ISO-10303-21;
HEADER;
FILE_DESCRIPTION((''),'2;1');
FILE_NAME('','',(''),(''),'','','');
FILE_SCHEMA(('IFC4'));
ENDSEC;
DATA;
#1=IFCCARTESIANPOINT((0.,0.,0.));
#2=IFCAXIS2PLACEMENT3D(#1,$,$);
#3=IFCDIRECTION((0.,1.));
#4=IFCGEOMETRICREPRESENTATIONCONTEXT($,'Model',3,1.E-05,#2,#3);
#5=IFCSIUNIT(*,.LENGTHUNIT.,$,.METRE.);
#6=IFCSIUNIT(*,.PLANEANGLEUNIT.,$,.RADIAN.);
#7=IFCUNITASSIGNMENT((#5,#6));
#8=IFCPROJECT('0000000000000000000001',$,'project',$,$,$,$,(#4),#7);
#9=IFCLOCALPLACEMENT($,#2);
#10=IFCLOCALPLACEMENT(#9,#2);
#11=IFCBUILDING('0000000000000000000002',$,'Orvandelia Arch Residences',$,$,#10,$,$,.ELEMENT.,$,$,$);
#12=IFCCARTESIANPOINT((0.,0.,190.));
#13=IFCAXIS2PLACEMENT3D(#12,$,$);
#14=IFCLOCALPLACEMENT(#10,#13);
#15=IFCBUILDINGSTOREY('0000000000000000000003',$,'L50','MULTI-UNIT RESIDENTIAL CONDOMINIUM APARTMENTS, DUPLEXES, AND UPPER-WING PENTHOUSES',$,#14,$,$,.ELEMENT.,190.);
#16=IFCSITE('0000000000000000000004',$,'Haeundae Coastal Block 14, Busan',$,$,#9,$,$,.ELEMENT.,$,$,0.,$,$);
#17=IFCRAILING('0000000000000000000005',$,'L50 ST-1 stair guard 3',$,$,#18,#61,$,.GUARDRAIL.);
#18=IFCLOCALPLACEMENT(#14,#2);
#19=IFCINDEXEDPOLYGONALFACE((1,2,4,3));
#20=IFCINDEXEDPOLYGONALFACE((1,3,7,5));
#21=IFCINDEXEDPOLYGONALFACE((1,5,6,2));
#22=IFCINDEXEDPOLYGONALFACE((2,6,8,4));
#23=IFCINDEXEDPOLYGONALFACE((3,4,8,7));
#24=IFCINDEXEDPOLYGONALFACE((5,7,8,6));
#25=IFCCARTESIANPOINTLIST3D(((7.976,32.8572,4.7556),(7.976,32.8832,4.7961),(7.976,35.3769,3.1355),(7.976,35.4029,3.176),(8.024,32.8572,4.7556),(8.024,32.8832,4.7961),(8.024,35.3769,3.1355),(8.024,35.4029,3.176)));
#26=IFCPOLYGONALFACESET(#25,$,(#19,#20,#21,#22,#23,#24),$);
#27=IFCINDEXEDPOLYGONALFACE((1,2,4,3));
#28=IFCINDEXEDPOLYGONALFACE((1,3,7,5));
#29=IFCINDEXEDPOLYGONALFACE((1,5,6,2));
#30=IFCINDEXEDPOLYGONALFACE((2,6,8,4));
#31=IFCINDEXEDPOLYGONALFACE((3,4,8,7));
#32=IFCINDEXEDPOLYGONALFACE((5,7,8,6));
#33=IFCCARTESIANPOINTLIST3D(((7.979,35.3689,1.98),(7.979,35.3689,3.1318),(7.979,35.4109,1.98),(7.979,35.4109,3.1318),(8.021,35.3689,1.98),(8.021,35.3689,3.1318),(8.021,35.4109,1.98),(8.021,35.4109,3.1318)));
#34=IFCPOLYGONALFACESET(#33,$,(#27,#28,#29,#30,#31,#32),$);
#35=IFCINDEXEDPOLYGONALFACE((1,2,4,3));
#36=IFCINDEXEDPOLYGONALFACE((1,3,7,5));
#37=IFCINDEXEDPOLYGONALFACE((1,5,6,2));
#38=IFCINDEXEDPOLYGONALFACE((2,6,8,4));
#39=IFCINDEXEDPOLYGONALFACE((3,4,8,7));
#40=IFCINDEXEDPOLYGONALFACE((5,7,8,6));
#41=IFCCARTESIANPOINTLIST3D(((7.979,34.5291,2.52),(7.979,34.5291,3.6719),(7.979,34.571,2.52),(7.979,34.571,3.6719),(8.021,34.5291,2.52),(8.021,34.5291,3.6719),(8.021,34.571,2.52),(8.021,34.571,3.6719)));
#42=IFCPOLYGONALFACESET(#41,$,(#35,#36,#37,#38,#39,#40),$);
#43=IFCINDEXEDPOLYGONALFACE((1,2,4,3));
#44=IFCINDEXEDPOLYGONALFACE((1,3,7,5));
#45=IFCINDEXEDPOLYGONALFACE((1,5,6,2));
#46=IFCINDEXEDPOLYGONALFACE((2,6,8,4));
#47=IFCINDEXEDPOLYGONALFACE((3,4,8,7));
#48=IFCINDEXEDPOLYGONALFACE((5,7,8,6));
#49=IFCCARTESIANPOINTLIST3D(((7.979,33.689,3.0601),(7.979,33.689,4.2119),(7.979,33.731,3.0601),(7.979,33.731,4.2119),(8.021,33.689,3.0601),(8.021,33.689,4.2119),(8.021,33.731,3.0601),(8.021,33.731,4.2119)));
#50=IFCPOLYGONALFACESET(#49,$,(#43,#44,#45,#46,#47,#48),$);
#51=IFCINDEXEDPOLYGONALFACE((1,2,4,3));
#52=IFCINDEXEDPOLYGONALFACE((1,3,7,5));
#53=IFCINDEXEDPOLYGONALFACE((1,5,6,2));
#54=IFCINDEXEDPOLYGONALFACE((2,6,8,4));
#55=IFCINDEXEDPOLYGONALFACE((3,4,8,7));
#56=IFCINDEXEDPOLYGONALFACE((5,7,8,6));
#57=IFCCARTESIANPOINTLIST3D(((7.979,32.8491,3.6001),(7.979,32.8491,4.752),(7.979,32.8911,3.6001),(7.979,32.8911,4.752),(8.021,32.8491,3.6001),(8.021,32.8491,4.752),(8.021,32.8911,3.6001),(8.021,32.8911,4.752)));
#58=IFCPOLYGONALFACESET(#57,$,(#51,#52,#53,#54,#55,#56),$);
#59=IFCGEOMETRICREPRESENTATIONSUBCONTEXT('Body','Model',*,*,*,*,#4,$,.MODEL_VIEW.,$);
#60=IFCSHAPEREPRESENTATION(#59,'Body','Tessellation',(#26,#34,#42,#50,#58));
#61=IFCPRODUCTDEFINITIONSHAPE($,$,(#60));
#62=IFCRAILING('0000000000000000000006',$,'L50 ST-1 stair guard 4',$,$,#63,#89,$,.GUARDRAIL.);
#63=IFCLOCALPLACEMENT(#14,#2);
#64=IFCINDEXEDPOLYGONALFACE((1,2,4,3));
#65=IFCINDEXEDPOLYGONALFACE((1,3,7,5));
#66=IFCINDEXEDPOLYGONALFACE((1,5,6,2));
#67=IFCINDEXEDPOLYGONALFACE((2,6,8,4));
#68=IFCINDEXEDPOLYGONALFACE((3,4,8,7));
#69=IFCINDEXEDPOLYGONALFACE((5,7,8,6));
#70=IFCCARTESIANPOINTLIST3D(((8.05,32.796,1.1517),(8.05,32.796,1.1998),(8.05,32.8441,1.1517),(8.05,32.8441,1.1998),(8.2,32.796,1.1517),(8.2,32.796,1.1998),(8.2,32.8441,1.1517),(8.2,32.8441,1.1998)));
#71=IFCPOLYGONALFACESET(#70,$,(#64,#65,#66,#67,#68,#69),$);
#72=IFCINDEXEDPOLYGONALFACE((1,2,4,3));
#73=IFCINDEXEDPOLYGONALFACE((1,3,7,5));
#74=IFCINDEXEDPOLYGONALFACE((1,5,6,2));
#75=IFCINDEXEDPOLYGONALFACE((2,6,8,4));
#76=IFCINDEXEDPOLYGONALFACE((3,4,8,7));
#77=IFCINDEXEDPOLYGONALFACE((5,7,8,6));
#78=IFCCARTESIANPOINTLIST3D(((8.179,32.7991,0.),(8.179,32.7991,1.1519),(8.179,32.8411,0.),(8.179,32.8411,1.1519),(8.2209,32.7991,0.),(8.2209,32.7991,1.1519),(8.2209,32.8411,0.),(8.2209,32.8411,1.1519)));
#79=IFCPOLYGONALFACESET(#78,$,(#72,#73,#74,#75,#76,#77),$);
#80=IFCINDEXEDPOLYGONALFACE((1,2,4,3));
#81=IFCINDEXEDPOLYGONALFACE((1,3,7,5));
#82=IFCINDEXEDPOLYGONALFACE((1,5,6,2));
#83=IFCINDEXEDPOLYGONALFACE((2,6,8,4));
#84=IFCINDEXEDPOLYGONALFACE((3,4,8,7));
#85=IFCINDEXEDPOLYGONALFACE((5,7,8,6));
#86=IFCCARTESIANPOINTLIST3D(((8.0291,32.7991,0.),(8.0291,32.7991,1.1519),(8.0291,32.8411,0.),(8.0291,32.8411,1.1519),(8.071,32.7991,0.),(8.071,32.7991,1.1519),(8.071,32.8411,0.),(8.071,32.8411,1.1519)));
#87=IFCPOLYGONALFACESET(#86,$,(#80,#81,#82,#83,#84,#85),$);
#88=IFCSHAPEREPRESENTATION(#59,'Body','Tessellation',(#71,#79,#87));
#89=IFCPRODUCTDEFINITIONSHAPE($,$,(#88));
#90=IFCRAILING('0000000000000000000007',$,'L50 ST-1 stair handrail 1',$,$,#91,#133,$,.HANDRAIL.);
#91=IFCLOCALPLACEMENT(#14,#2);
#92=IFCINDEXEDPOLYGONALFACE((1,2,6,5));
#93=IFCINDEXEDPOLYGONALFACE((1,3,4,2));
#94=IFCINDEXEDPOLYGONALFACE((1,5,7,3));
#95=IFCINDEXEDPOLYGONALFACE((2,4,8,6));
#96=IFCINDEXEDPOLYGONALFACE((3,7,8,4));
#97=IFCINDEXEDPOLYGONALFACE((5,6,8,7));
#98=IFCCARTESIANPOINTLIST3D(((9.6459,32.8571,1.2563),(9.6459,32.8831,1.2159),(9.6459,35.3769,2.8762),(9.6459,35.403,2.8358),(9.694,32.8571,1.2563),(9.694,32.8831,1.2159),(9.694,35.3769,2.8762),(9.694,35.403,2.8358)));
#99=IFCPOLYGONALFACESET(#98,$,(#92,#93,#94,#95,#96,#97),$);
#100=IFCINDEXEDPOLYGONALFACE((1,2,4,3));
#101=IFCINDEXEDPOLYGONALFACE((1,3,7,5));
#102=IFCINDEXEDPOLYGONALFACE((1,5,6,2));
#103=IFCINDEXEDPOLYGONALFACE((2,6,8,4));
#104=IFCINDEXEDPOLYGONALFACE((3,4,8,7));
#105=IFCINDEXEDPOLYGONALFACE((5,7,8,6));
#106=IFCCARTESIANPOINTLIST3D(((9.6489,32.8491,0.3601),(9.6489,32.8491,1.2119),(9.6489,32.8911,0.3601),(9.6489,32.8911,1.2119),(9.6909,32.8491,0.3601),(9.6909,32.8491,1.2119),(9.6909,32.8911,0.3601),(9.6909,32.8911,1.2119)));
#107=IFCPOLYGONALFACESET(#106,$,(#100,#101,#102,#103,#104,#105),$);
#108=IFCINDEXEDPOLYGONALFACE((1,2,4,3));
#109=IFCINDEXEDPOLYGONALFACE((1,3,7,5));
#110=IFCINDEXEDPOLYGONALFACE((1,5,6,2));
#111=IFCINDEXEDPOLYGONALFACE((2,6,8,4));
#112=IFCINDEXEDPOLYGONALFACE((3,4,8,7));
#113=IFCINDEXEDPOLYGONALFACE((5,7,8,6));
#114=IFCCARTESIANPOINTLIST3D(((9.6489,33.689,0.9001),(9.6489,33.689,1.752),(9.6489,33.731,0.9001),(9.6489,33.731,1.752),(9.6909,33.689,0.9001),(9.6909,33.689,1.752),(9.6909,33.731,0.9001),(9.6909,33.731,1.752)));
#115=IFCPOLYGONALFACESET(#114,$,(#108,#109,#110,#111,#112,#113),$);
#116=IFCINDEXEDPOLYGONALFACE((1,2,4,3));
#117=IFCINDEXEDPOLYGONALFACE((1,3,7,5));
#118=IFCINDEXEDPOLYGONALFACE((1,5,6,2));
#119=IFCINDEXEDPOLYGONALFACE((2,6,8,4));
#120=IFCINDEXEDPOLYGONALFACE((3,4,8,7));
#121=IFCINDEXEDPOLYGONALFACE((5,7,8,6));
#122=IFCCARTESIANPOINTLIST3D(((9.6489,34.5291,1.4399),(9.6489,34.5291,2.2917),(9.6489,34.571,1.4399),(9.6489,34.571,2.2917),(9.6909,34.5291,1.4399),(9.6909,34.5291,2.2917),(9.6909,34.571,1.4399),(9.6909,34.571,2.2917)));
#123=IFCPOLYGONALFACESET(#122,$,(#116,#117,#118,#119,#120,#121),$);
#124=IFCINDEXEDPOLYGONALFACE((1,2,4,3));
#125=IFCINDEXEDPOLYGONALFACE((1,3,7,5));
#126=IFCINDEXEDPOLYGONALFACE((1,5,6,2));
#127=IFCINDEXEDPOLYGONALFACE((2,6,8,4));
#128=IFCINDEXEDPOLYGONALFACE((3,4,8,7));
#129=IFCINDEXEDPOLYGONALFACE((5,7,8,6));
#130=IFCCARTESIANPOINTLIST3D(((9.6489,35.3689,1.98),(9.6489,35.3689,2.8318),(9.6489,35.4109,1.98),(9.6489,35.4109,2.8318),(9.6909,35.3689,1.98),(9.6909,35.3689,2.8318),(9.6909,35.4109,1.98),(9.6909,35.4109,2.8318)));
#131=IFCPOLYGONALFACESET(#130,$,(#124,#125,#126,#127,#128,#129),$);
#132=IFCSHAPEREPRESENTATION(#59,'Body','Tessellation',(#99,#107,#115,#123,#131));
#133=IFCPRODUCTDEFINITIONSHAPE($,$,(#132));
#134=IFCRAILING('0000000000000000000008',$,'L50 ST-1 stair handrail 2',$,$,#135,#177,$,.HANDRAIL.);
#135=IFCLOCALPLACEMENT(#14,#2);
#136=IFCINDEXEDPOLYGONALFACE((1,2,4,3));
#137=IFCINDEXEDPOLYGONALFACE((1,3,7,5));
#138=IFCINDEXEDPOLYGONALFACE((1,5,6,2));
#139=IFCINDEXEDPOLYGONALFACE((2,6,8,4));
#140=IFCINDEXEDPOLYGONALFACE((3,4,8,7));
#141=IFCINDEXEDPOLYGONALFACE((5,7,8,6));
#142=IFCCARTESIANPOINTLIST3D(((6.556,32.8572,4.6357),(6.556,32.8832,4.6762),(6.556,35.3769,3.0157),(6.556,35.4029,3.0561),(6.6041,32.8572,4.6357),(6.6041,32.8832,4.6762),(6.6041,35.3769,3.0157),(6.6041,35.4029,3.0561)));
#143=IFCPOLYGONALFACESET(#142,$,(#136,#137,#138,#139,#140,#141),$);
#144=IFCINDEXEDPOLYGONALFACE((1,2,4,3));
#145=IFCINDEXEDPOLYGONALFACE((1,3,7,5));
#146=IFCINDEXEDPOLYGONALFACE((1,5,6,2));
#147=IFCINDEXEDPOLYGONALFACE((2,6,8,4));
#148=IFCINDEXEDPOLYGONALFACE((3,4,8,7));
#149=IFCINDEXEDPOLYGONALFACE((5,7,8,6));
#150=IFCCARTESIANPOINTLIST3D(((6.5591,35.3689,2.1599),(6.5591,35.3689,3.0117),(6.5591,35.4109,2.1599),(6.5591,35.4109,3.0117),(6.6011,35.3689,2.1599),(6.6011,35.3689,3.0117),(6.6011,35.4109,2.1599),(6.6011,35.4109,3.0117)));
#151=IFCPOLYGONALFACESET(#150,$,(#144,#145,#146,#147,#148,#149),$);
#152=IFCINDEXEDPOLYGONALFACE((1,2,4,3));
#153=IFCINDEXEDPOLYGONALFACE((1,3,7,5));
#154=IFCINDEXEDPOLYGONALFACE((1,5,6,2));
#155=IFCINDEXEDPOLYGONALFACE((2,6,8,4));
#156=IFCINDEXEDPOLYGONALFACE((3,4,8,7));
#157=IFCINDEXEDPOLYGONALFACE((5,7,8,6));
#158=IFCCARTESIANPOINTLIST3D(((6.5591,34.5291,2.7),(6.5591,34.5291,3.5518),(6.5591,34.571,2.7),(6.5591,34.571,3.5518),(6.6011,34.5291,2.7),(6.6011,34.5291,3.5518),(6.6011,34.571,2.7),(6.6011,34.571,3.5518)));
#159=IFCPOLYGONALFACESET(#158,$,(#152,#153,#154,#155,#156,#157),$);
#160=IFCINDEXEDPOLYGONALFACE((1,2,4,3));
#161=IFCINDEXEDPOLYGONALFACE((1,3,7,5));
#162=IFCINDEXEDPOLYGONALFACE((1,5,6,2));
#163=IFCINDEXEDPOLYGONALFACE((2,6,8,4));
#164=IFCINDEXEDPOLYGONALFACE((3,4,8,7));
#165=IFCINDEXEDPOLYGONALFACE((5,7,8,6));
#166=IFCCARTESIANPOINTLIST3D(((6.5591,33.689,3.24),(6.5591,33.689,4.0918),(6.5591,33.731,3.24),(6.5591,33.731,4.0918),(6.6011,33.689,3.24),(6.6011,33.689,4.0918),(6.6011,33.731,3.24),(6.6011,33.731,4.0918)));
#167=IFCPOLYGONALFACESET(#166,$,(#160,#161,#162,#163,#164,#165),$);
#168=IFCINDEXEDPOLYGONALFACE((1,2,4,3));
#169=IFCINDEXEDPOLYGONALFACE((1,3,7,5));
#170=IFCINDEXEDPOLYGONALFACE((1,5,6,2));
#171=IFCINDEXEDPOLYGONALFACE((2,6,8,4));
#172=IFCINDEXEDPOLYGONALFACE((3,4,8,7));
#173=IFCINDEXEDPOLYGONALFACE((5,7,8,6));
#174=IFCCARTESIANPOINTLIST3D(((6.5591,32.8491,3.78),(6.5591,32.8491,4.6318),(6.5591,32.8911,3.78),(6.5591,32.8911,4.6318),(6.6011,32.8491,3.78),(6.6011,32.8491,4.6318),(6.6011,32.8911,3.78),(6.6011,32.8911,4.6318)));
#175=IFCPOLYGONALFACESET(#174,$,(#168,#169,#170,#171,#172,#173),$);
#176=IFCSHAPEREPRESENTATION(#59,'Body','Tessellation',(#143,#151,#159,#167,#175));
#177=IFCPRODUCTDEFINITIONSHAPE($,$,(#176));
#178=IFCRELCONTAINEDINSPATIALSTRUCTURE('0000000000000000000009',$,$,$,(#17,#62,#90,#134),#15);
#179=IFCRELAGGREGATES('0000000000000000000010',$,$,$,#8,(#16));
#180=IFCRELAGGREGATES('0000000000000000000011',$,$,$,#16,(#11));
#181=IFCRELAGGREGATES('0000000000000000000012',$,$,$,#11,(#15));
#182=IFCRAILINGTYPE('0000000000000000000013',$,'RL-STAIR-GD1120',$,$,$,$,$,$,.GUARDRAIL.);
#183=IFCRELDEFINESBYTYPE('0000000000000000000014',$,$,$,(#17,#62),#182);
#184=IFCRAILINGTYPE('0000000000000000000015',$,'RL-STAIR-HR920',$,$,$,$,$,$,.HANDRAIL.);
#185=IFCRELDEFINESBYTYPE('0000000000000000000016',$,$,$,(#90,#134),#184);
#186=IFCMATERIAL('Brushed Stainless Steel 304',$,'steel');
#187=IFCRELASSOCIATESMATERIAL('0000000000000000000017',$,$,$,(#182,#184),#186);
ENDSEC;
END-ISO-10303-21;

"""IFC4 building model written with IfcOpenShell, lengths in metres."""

from ifc_helpers import new_model, si_unit, direction, frame, origin, origin_2d, place, context, subcontext, project, spatial, rectangle, extrude, material, type_object, element, save


model = new_model("IFC4")

# Units and contexts
model_context = context("Model", 3, precision=1e-05, world=origin(), true_north=direction((0.0, 1.0)))
body_context = subcontext(model_context, "Body", "Model", "MODEL_VIEW")
ifc_project = project(units=[si_unit("LENGTHUNIT", "METRE"), si_unit("PLANEANGLEUNIT", "RADIAN")], contexts=[model_context])

# Site, building, storey
site_placement = place(None, origin())
site = spatial("IfcSite", under=ifc_project, at=site_placement, Name="Haeundae Coastal Block 14, Busan", CompositionType="ELEMENT", RefElevation=0.0)
building_placement = place(site_placement, origin())
building = spatial("IfcBuilding", under=site, at=building_placement, Name="Orvandelia Arch Residences", CompositionType="ELEMENT")
storey_placement = place(building_placement, frame((0.0, 0.0, 190.0)))
storey = spatial("IfcBuildingStorey", under=building, at=storey_placement, Name="L50", Description="MULTI-UNIT RESIDENTIAL CONDOMINIUM APARTMENTS, DUPLEXES, AND UPPER-WING PENTHOUSES", CompositionType="ELEMENT", Elevation=190.0)

# Railings
ifc_material_1 = material(Name="Brushed Stainless Steel 304", Category="steel")
railing_type_1 = type_object("IfcRailingType", Name="RL-STAIR-GD1120", PredefinedType="GUARDRAIL", material=ifc_material_1)
railing_1_placement = place(storey_placement, frame((8.0, 35.3899, 1.98)))
element("IfcRailing", 1, at=railing_1_placement, inside=storey, type_object=railing_type_1, Name="L50 ST-1 stair guard 3", PredefinedType="GUARDRAIL", context=body_context, shape_type="SweptSolid", body=[
    extrude(rectangle(XDim=0.0481, YDim=0.0481, at=origin_2d()), frame((0.0, 0.0, 1.1758), z_axis=(0.0, -0.841139, 0.540819), x_axis=(1.0, 0.0, 0.0)), (0.0, 0.0, 1.0), 2.9956),
    extrude(rectangle(XDim=0.042, YDim=0.042, at=origin_2d()), origin(), (0.0, 0.0, 1.0), 1.1519),
    extrude(rectangle(XDim=0.042, YDim=0.042, at=origin_2d()), frame((0.0, -0.8398, 0.54)), (0.0, 0.0, 1.0), 1.1519),
    extrude(rectangle(XDim=0.042, YDim=0.042, at=origin_2d()), frame((0.0, -1.6799, 1.0801)), (0.0, 0.0, 1.0), 1.1519),
    extrude(rectangle(XDim=0.042, YDim=0.042, at=origin_2d()), frame((0.0, -2.5198, 1.6201)), (0.0, 0.0, 1.0), 1.1519),
])
railing_2_placement = place(storey_placement, frame((8.2, 32.8201, 0.0)))
element("IfcRailing", 2, at=railing_2_placement, inside=storey, type_object=railing_type_1, Name="L50 ST-1 stair guard 4", PredefinedType="GUARDRAIL", context=body_context, shape_type="SweptSolid", body=[
    extrude(rectangle(XDim=0.0481, YDim=0.0481, at=origin_2d()), frame((0.0, 0.0, 1.1758), z_axis=(-1.0, 0.0, 0.0), x_axis=(0.0, -1.0, 0.0)), (0.0, 0.0, 1.0), 0.1499),
    extrude(rectangle(XDim=0.042, YDim=0.042, at=origin_2d()), origin(), (0.0, 0.0, 1.0), 1.1519),
    extrude(rectangle(XDim=0.042, YDim=0.042, at=origin_2d()), frame((-0.1499, 0.0, 0.0)), (0.0, 0.0, 1.0), 1.1519),
])
railing_type_2 = type_object("IfcRailingType", Name="RL-STAIR-HR920", PredefinedType="HANDRAIL", material=ifc_material_1)
railing_3_placement = place(storey_placement, frame((9.6699, 32.8701, 0.3601)))
element("IfcRailing", 3, at=railing_3_placement, inside=storey, type_object=railing_type_2, Name="L50 ST-1 stair handrail 1", PredefinedType="HANDRAIL", context=body_context, shape_type="SweptSolid", body=[
    extrude(rectangle(XDim=0.0481, YDim=0.0481, at=origin_2d()), frame((0.0, 0.0, 0.876), z_axis=(0.0, 0.841176, 0.540762), x_axis=(-1.0, 0.0, 0.0)), (0.0, 0.0, 1.0), 2.9956),
    extrude(rectangle(XDim=0.042, YDim=0.042, at=origin_2d()), origin(), (0.0, 0.0, 1.0), 0.8518),
    extrude(rectangle(XDim=0.042, YDim=0.042, at=origin_2d()), frame((0.0, 0.8398, 0.54)), (0.0, 0.0, 1.0), 0.8518),
    extrude(rectangle(XDim=0.042, YDim=0.042, at=origin_2d()), frame((0.0, 1.6799, 1.0798)), (0.0, 0.0, 1.0), 0.8518),
    extrude(rectangle(XDim=0.042, YDim=0.042, at=origin_2d()), frame((0.0, 2.5198, 1.6199)), (0.0, 0.0, 1.0), 0.8518),
])
railing_4_placement = place(storey_placement, frame((6.5801, 35.3899, 2.1599)))
element("IfcRailing", 4, at=railing_4_placement, inside=storey, type_object=railing_type_2, Name="L50 ST-1 stair handrail 2", PredefinedType="HANDRAIL", context=body_context, shape_type="SweptSolid", body=[
    extrude(rectangle(XDim=0.0481, YDim=0.0481, at=origin_2d()), frame((0.0, 0.0, 0.876), z_axis=(0.0, -0.841139, 0.540819), x_axis=(1.0, 0.0, 0.0)), (0.0, 0.0, 1.0), 2.9956),
    extrude(rectangle(XDim=0.042, YDim=0.042, at=origin_2d()), origin(), (0.0, 0.0, 1.0), 0.8518),
    extrude(rectangle(XDim=0.042, YDim=0.042, at=origin_2d()), frame((0.0, -0.8398, 0.54)), (0.0, 0.0, 1.0), 0.8518),
    extrude(rectangle(XDim=0.042, YDim=0.042, at=origin_2d()), frame((0.0, -1.6799, 1.0801)), (0.0, 0.0, 1.0), 0.8518),
    extrude(rectangle(XDim=0.042, YDim=0.042, at=origin_2d()), frame((0.0, -2.5198, 1.6201)), (0.0, 0.0, 1.0), 0.8518),
])

save(model, "model.ifc")
